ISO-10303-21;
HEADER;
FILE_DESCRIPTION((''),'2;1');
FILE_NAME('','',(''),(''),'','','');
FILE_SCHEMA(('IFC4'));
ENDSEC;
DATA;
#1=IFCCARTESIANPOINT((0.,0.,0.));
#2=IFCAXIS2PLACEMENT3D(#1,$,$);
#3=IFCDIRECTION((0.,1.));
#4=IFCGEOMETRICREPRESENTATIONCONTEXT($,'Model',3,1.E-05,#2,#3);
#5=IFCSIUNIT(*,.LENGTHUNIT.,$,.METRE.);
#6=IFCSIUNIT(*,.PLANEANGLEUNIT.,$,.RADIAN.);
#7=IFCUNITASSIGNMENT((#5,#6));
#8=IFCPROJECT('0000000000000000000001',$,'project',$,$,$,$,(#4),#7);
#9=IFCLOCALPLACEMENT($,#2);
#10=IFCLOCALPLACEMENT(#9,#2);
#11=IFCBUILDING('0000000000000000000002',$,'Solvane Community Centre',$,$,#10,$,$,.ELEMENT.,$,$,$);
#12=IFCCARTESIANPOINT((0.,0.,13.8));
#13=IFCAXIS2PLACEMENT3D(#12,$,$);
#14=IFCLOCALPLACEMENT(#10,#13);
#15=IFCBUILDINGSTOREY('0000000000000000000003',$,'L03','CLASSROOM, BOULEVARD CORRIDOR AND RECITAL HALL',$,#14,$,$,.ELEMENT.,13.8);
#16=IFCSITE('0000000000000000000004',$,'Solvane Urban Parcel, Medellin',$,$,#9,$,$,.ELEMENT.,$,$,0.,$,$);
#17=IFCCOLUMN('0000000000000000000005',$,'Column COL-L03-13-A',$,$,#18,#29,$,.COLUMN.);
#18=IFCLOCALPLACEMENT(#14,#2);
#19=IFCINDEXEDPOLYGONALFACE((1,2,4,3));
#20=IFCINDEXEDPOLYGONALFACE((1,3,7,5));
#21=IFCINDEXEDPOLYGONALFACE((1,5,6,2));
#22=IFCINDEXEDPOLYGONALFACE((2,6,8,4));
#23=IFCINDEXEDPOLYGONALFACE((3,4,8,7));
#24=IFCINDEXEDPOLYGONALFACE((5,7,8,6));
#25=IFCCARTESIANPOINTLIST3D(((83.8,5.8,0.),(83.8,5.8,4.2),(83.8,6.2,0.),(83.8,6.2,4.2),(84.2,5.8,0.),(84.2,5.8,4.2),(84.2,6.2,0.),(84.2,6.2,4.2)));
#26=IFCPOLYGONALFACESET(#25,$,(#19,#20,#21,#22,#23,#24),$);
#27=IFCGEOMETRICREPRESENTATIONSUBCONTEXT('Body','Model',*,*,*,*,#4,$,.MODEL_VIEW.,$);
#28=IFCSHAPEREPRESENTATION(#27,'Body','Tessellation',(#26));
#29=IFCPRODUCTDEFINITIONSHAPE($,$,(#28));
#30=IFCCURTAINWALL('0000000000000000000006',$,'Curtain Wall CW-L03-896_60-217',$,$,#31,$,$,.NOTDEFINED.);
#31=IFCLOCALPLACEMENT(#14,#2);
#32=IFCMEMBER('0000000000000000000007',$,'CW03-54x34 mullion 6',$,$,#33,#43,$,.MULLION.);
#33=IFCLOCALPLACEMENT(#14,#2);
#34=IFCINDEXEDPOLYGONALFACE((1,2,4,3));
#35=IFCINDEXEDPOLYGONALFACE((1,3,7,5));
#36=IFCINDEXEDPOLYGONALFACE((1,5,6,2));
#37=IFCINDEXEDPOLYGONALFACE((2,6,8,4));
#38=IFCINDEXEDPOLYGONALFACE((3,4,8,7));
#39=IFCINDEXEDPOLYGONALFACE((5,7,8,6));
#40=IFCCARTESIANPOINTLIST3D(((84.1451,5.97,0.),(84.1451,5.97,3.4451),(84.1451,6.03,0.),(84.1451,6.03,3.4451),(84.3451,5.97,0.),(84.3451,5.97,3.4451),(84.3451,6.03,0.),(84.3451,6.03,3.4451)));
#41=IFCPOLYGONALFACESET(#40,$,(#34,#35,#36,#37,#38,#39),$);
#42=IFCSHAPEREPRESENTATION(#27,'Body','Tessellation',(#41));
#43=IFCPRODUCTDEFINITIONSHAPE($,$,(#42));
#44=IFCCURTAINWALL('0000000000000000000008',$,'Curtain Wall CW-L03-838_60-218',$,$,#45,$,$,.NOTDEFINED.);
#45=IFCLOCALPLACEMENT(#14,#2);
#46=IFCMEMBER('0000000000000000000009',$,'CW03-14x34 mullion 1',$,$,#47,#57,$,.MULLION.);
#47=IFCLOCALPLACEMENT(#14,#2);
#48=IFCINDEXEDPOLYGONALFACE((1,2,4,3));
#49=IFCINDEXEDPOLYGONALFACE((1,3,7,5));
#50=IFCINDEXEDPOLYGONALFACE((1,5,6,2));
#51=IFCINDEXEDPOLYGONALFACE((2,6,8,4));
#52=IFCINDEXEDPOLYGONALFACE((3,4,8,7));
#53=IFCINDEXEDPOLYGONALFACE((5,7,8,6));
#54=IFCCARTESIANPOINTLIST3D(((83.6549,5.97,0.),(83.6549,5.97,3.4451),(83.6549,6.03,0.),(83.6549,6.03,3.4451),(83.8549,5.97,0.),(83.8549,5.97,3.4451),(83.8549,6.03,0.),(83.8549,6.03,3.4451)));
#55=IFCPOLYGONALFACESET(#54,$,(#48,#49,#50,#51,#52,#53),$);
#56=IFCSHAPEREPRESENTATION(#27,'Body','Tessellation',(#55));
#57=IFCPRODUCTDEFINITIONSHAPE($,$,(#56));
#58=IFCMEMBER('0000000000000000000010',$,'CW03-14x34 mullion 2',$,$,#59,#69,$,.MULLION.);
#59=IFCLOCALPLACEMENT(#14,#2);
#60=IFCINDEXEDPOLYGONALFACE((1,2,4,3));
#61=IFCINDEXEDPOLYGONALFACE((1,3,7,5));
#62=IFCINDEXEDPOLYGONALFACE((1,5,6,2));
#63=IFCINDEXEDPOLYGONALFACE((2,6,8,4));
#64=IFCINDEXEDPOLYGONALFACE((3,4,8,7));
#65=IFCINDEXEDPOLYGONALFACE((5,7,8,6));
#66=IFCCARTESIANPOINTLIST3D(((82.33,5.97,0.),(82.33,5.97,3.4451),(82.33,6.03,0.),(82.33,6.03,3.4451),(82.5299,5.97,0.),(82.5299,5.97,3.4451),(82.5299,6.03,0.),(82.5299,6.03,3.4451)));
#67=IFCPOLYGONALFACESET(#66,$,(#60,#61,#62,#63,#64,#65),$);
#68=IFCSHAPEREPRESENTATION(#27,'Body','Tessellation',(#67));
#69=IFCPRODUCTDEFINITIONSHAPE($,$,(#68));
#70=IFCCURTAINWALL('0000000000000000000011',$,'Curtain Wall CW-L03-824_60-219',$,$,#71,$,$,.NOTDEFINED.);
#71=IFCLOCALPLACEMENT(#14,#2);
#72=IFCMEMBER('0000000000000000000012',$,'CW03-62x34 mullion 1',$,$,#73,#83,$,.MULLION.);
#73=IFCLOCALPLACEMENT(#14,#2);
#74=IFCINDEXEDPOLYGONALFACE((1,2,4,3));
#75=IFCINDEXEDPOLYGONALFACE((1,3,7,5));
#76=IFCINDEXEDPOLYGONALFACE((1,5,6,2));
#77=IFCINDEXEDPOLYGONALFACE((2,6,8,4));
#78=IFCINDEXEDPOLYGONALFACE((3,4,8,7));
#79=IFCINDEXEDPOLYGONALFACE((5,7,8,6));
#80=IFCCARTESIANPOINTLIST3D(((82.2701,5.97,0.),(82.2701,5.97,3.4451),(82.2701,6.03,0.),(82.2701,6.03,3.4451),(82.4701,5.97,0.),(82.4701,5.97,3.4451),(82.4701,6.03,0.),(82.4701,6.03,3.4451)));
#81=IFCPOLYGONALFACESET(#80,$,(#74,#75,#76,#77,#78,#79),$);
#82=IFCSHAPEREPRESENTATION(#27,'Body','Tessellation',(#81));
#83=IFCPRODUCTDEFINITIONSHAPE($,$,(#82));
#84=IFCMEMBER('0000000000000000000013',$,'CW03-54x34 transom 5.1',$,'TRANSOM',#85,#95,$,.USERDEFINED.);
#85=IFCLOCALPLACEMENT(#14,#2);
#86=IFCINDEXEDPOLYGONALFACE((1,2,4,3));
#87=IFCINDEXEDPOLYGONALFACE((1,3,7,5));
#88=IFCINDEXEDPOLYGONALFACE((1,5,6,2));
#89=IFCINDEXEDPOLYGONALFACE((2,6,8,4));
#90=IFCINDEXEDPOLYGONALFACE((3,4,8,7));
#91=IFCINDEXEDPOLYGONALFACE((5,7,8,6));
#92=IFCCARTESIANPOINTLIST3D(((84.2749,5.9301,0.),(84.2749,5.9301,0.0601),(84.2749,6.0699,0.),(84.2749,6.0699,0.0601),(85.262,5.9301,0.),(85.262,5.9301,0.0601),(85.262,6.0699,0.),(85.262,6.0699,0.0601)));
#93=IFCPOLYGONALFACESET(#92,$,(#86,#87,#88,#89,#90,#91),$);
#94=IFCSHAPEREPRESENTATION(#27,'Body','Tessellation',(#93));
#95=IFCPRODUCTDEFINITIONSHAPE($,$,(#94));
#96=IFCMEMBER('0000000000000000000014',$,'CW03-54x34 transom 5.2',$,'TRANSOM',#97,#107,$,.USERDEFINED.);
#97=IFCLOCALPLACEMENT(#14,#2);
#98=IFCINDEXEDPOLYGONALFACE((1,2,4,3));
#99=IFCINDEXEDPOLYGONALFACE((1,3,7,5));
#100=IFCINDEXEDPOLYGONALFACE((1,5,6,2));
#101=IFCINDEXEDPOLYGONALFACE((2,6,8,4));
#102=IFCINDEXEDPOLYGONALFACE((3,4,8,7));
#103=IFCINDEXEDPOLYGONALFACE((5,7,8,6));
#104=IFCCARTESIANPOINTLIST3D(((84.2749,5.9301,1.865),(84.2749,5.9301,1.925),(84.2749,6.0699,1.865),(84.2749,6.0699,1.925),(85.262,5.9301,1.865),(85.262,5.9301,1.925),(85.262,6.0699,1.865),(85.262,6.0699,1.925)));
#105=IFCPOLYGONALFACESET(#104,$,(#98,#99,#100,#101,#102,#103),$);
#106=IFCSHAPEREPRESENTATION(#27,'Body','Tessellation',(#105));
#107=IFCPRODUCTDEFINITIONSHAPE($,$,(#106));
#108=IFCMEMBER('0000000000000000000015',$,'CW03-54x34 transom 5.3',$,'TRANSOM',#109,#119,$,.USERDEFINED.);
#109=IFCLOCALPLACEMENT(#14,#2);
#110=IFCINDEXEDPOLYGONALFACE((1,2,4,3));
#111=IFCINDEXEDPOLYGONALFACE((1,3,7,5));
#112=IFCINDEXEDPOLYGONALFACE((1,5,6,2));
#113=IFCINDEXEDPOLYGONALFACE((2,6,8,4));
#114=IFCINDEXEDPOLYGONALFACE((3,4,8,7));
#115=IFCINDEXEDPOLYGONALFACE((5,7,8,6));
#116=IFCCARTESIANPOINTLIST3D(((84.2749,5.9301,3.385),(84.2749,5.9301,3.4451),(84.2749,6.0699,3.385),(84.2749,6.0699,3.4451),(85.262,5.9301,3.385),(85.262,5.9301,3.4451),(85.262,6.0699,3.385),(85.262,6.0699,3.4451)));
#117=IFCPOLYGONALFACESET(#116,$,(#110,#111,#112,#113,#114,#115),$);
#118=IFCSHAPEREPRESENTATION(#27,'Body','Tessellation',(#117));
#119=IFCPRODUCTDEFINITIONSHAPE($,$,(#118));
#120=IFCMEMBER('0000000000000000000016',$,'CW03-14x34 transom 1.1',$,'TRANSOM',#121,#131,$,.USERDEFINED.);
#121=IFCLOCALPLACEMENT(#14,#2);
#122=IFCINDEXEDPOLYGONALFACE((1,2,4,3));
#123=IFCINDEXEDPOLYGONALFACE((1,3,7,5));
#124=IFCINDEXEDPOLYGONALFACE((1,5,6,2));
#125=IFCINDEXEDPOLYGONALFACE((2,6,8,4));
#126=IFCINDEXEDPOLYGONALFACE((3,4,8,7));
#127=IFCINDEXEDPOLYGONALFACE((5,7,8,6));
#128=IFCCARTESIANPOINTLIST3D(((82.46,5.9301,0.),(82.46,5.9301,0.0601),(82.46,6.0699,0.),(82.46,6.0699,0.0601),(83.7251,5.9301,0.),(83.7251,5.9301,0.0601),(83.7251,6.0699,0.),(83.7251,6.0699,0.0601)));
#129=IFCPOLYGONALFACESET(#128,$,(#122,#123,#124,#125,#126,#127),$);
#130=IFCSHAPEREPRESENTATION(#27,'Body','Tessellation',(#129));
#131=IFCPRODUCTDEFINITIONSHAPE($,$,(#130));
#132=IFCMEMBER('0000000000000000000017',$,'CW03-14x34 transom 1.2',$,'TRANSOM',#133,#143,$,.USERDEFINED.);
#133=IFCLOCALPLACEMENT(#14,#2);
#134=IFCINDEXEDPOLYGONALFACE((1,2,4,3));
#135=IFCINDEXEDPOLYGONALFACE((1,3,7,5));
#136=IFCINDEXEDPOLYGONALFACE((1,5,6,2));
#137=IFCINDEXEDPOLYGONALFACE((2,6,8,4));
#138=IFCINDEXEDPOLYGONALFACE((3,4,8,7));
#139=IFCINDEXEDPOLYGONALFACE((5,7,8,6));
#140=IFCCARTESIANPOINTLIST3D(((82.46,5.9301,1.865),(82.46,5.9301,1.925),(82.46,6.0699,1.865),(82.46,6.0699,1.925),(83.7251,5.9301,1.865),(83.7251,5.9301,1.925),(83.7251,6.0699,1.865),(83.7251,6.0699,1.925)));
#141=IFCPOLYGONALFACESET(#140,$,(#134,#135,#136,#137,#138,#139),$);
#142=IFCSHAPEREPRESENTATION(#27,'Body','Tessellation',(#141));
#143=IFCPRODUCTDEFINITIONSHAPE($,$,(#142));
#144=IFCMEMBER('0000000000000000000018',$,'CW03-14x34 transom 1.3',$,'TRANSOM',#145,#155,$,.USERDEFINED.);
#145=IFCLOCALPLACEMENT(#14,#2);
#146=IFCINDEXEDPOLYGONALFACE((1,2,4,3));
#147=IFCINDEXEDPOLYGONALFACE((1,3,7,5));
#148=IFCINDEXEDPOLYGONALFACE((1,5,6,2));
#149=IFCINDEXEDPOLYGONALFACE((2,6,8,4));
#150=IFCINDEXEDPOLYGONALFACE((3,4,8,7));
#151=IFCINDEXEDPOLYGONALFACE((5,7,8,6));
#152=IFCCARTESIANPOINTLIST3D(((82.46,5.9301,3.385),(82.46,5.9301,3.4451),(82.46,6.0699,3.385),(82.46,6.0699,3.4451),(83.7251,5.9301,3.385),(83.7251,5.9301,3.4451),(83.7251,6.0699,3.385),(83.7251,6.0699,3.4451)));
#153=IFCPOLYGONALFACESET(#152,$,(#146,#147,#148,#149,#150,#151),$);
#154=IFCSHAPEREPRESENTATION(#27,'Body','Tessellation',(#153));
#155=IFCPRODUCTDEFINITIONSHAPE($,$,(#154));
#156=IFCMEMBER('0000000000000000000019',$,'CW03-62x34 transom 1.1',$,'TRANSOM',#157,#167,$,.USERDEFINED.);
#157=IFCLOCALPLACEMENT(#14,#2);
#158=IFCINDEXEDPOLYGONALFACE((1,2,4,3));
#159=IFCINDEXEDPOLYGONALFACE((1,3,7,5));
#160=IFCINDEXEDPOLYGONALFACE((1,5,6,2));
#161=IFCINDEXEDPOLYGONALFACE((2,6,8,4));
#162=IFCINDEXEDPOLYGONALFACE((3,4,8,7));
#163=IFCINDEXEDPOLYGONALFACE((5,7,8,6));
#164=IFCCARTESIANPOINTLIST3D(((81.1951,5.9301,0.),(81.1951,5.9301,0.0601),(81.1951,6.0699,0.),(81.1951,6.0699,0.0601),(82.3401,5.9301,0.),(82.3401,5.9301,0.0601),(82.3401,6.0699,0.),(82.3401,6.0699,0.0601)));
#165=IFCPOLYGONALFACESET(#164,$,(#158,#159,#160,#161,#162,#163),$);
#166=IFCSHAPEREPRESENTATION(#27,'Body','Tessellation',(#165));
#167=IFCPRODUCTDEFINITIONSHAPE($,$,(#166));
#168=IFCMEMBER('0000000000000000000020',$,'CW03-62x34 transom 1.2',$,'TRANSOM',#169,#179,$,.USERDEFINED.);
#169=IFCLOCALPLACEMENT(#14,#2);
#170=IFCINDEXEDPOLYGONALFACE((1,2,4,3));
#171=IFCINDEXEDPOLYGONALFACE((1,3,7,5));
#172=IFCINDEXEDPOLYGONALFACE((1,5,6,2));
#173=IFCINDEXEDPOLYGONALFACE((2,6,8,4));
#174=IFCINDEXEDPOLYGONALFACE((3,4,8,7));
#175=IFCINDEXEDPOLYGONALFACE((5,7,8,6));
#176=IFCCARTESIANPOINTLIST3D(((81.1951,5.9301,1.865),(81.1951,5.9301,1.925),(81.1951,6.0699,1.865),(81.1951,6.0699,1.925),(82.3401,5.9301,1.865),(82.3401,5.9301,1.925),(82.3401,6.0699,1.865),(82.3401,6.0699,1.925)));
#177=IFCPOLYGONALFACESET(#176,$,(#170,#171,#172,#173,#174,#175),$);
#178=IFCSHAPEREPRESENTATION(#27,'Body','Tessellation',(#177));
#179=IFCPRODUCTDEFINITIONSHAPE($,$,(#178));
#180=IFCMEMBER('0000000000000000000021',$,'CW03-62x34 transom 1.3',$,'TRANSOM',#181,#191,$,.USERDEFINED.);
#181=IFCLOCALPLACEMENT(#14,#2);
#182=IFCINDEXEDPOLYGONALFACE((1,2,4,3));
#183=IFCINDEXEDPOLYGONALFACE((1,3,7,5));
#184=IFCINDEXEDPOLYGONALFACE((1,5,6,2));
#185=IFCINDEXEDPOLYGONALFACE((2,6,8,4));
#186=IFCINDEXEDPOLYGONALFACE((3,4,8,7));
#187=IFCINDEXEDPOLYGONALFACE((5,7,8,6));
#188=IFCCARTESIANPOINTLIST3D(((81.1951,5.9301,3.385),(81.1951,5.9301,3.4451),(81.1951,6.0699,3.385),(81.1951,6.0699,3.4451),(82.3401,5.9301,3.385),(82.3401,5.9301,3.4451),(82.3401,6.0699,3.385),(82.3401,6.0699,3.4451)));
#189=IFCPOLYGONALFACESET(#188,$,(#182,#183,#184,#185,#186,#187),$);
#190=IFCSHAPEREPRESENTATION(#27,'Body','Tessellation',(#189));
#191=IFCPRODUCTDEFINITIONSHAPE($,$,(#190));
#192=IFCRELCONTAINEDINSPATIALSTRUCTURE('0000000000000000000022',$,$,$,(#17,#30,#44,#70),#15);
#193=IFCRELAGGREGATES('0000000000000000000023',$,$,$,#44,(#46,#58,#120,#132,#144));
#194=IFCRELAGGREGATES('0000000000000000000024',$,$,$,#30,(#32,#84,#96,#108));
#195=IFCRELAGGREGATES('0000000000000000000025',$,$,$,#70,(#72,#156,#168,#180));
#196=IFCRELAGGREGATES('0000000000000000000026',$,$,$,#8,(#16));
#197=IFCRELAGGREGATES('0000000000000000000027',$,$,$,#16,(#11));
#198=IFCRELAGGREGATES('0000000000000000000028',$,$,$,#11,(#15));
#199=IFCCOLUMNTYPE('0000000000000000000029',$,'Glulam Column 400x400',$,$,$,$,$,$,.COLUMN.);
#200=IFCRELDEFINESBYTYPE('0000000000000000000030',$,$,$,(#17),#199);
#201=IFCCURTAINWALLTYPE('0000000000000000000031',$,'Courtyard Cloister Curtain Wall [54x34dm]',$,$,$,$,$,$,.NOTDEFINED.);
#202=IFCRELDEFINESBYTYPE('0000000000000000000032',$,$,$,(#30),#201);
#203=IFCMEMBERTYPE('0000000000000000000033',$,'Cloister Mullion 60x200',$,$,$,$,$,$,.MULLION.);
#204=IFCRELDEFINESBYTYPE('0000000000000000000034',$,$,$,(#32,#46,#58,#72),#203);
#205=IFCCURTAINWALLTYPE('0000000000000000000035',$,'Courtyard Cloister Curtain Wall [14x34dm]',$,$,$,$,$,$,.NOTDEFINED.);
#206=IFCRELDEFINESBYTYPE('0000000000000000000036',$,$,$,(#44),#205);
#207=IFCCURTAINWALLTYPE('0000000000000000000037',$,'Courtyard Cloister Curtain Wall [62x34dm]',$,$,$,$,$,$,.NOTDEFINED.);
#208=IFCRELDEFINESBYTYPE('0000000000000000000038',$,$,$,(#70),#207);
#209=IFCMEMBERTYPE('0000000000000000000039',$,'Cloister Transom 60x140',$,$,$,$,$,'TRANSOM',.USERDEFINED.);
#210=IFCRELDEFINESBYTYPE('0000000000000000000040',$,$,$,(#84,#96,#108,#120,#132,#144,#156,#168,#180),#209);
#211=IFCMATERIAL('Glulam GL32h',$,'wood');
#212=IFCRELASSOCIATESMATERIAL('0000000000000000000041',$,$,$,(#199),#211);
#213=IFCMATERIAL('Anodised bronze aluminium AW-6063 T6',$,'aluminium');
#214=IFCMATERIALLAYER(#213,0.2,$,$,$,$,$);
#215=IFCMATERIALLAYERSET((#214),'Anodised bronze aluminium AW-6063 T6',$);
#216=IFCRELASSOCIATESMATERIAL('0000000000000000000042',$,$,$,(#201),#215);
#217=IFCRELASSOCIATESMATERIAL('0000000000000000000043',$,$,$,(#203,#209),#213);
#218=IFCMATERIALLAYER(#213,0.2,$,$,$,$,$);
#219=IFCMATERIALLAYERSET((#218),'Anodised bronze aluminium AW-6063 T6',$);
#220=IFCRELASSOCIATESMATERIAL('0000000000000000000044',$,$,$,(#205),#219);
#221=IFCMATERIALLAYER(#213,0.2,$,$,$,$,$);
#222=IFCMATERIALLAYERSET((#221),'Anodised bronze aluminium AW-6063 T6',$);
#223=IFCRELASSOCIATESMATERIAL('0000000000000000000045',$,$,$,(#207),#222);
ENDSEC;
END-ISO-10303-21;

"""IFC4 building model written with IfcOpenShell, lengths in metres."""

from ifc_helpers import new_model, si_unit, direction, frame, origin, origin_2d, place, context, subcontext, project, spatial, rectangle, extrude, material, layer, layer_set, material_profile, profile_set, type_object, element, aggregate, save


model = new_model("IFC4")

# Units and contexts
model_context = context("Model", 3, precision=1e-05, world=origin(), true_north=direction((0.0, 1.0)))
body_context = subcontext(model_context, "Body", "Model", "MODEL_VIEW")
ifc_project = project(units=[si_unit("LENGTHUNIT", "METRE"), si_unit("PLANEANGLEUNIT", "RADIAN")], contexts=[model_context])

# Site, building, storey
site_placement = place(None, origin())
site = spatial("IfcSite", under=ifc_project, at=site_placement, Name="Solvane Urban Parcel, Medellin", CompositionType="ELEMENT", RefElevation=0.0)
building_placement = place(site_placement, origin())
building = spatial("IfcBuilding", under=site, at=building_placement, Name="Solvane Community Centre", CompositionType="ELEMENT")
storey_placement = place(building_placement, frame((0.0, 0.0, 13.8)))
storey = spatial("IfcBuildingStorey", under=building, at=storey_placement, Name="L03", Description="CLASSROOM, BOULEVARD CORRIDOR AND RECITAL HALL", CompositionType="ELEMENT", Elevation=13.8)

# Column
ifc_material_1 = material(Name="Glulam GL32h", Category="wood")
ifc_material_profile_1 = material_profile(ifc_material_1, rectangle(XDim=0.3999, YDim=0.3999, at=origin_2d()), Name="GL32h 400x400")
ifc_profile_set_1 = profile_set([ifc_material_profile_1], Name="Glulam GL32h")
column_type = type_object("IfcColumnType", Name="Glulam Column 400x400", PredefinedType="COLUMN", material=ifc_profile_set_1)
column_placement = place(storey_placement, frame((84.0, 6.0, 0.0), z_axis=(0.0, 0.0, 1.0), x_axis=(1.0, 0.0, 0.0)))
element("IfcColumn", 1, at=column_placement, inside=storey, type_object=column_type, Name="Column COL-L03-13-A", PredefinedType="COLUMN", context=body_context, shape_type="SweptSolid", body=[
    extrude(rectangle(XDim=0.3999, YDim=0.3999, at=origin_2d()), origin(), (0.0, 0.0, 1.0), 4.2),
])

# Curtain wall, member
ifc_material_2 = material(Name="Anodised bronze aluminium AW-6063 T6", Category="aluminium")
ifc_layer_1 = layer(ifc_material_2, 0.2)
ifc_layer_set_1 = layer_set([ifc_layer_1], Name="Anodised bronze aluminium AW-6063 T6")
curtain_wall_type_1 = type_object("IfcCurtainWallType", Name="Courtyard Cloister Curtain Wall [54x34dm]", PredefinedType="NOTDEFINED", material=ifc_layer_set_1)
curtain_wall_1_placement = place(storey_placement, origin())
curtain_wall_1 = element("IfcCurtainWall", 2, at=curtain_wall_1_placement, inside=storey, type_object=curtain_wall_type_1, Name="Curtain Wall CW-L03-896_60-217", PredefinedType="NOTDEFINED")
ifc_material_profile_2 = material_profile(ifc_material_2, rectangle(XDim=0.0601, YDim=0.2, at=origin_2d()), Name="CW-M 60x200")
ifc_profile_set_2 = profile_set([ifc_material_profile_2], Name="Anodised bronze aluminium AW-6063 T6")
member_type_1 = type_object("IfcMemberType", Name="Cloister Mullion 60x200", PredefinedType="MULLION", material=ifc_profile_set_2)
member_1_placement = place(storey_placement, frame((84.2451, 6.0, 0.0), z_axis=(0.0, 0.0, 1.0), x_axis=(0.0, -1.0, 0.0)))
member_1 = element("IfcMember", 3, at=member_1_placement, type_object=member_type_1, Name="CW03-54x34 mullion 6", PredefinedType="MULLION", context=body_context, shape_type="SweptSolid", body=[
    extrude(rectangle(XDim=0.0601, YDim=0.2, at=origin_2d()), origin(), (0.0, 0.0, 1.0), 3.4451),
])

# Curtain wall, members
ifc_layer_2 = layer(ifc_material_2, 0.2)
ifc_layer_set_2 = layer_set([ifc_layer_2], Name="Anodised bronze aluminium AW-6063 T6")
curtain_wall_type_2 = type_object("IfcCurtainWallType", Name="Courtyard Cloister Curtain Wall [14x34dm]", PredefinedType="NOTDEFINED", material=ifc_layer_set_2)
curtain_wall_2_placement = place(storey_placement, origin())
curtain_wall_2 = element("IfcCurtainWall", 4, at=curtain_wall_2_placement, inside=storey, type_object=curtain_wall_type_2, Name="Curtain Wall CW-L03-838_60-218", PredefinedType="NOTDEFINED")
member_2_placement = place(storey_placement, frame((83.7549, 6.0, 0.0), z_axis=(0.0, 0.0, 1.0), x_axis=(0.0, -1.0, 0.0)))
member_2 = element("IfcMember", 5, at=member_2_placement, type_object=member_type_1, Name="CW03-14x34 mullion 1", PredefinedType="MULLION", context=body_context, shape_type="SweptSolid", body=[
    extrude(rectangle(XDim=0.0601, YDim=0.2, at=origin_2d()), origin(), (0.0, 0.0, 1.0), 3.4451),
])
member_3_placement = place(storey_placement, frame((82.4299, 6.0, 0.0), z_axis=(0.0, 0.0, 1.0), x_axis=(0.0, -1.0, 0.0)))
member_3 = element("IfcMember", 6, at=member_3_placement, type_object=member_type_1, Name="CW03-14x34 mullion 2", PredefinedType="MULLION", context=body_context, shape_type="SweptSolid", body=[
    extrude(rectangle(XDim=0.0601, YDim=0.2, at=origin_2d()), origin(), (0.0, 0.0, 1.0), 3.4451),
])

# Curtain wall, member
ifc_layer_3 = layer(ifc_material_2, 0.2)
ifc_layer_set_3 = layer_set([ifc_layer_3], Name="Anodised bronze aluminium AW-6063 T6")
curtain_wall_type_3 = type_object("IfcCurtainWallType", Name="Courtyard Cloister Curtain Wall [62x34dm]", PredefinedType="NOTDEFINED", material=ifc_layer_set_3)
curtain_wall_3_placement = place(storey_placement, origin())
curtain_wall_3 = element("IfcCurtainWall", 7, at=curtain_wall_3_placement, inside=storey, type_object=curtain_wall_type_3, Name="Curtain Wall CW-L03-824_60-219", PredefinedType="NOTDEFINED")
member_4_placement = place(storey_placement, frame((82.3701, 6.0, 0.0), z_axis=(0.0, 0.0, 1.0), x_axis=(0.0, -1.0, 0.0)))
member_4 = element("IfcMember", 8, at=member_4_placement, type_object=member_type_1, Name="CW03-62x34 mullion 1", PredefinedType="MULLION", context=body_context, shape_type="SweptSolid", body=[
    extrude(rectangle(XDim=0.0601, YDim=0.2, at=origin_2d()), origin(), (0.0, 0.0, 1.0), 3.4451),
])

# Members
ifc_material_profile_3 = material_profile(ifc_material_2, rectangle(XDim=0.1399, YDim=0.0601, at=origin_2d()), Name="CW-T 60x140")
ifc_profile_set_3 = profile_set([ifc_material_profile_3], Name="Anodised bronze aluminium AW-6063 T6")
member_type_2 = type_object("IfcMemberType", Name="Cloister Transom 60x140", ElementType="TRANSOM", PredefinedType="USERDEFINED", material=ifc_profile_set_3)
member_5_placement = place(storey_placement, frame((85.262, 6.0, 0.03), z_axis=(-1.0, 0.0, 0.0), x_axis=(0.0, -1.0, 0.0)))
member_5 = element("IfcMember", 9, at=member_5_placement, type_object=member_type_2, Name="CW03-54x34 transom 5.1", ObjectType="TRANSOM", PredefinedType="USERDEFINED", context=body_context, shape_type="SweptSolid", body=[
    extrude(rectangle(XDim=0.1399, YDim=0.0601, at=origin_2d()), origin(), (0.0, 0.0, 1.0), 0.9871),
])
member_6_placement = place(storey_placement, frame((85.262, 6.0, 1.895), z_axis=(-1.0, 0.0, 0.0), x_axis=(0.0, -1.0, 0.0)))
member_6 = element("IfcMember", 10, at=member_6_placement, type_object=member_type_2, Name="CW03-54x34 transom 5.2", ObjectType="TRANSOM", PredefinedType="USERDEFINED", context=body_context, shape_type="SweptSolid", body=[
    extrude(rectangle(XDim=0.1399, YDim=0.0601, at=origin_2d()), origin(), (0.0, 0.0, 1.0), 0.9871),
])
member_7_placement = place(storey_placement, frame((85.262, 6.0, 3.415), z_axis=(-1.0, 0.0, 0.0), x_axis=(0.0, -1.0, 0.0)))
member_7 = element("IfcMember", 11, at=member_7_placement, type_object=member_type_2, Name="CW03-54x34 transom 5.3", ObjectType="TRANSOM", PredefinedType="USERDEFINED", context=body_context, shape_type="SweptSolid", body=[
    extrude(rectangle(XDim=0.1399, YDim=0.0601, at=origin_2d()), origin(), (0.0, 0.0, 1.0), 0.9871),
])
member_8_placement = place(storey_placement, frame((83.7251, 6.0, 0.03), z_axis=(-1.0, 0.0, 0.0), x_axis=(0.0, -1.0, 0.0)))
member_8 = element("IfcMember", 12, at=member_8_placement, type_object=member_type_2, Name="CW03-14x34 transom 1.1", ObjectType="TRANSOM", PredefinedType="USERDEFINED", context=body_context, shape_type="SweptSolid", body=[
    extrude(rectangle(XDim=0.1399, YDim=0.0601, at=origin_2d()), origin(), (0.0, 0.0, 1.0), 1.2651),
])
member_9_placement = place(storey_placement, frame((83.7251, 6.0, 1.895), z_axis=(-1.0, 0.0, 0.0), x_axis=(0.0, -1.0, 0.0)))
member_9 = element("IfcMember", 13, at=member_9_placement, type_object=member_type_2, Name="CW03-14x34 transom 1.2", ObjectType="TRANSOM", PredefinedType="USERDEFINED", context=body_context, shape_type="SweptSolid", body=[
    extrude(rectangle(XDim=0.1399, YDim=0.0601, at=origin_2d()), origin(), (0.0, 0.0, 1.0), 1.2651),
])
member_10_placement = place(storey_placement, frame((83.7251, 6.0, 3.415), z_axis=(-1.0, 0.0, 0.0), x_axis=(0.0, -1.0, 0.0)))
member_10 = element("IfcMember", 14, at=member_10_placement, type_object=member_type_2, Name="CW03-14x34 transom 1.3", ObjectType="TRANSOM", PredefinedType="USERDEFINED", context=body_context, shape_type="SweptSolid", body=[
    extrude(rectangle(XDim=0.1399, YDim=0.0601, at=origin_2d()), origin(), (0.0, 0.0, 1.0), 1.2651),
])
member_11_placement = place(storey_placement, frame((82.3401, 6.0, 0.03), z_axis=(-1.0, 0.0, 0.0), x_axis=(0.0, -1.0, 0.0)))
member_11 = element("IfcMember", 15, at=member_11_placement, type_object=member_type_2, Name="CW03-62x34 transom 1.1", ObjectType="TRANSOM", PredefinedType="USERDEFINED", context=body_context, shape_type="SweptSolid", body=[
    extrude(rectangle(XDim=0.1399, YDim=0.0601, at=origin_2d()), origin(), (0.0, 0.0, 1.0), 1.145),
])
member_12_placement = place(storey_placement, frame((82.3401, 6.0, 1.895), z_axis=(-1.0, 0.0, 0.0), x_axis=(0.0, -1.0, 0.0)))
member_12 = element("IfcMember", 16, at=member_12_placement, type_object=member_type_2, Name="CW03-62x34 transom 1.2", ObjectType="TRANSOM", PredefinedType="USERDEFINED", context=body_context, shape_type="SweptSolid", body=[
    extrude(rectangle(XDim=0.1399, YDim=0.0601, at=origin_2d()), origin(), (0.0, 0.0, 1.0), 1.145),
])
member_13_placement = place(storey_placement, frame((82.3401, 6.0, 3.415), z_axis=(-1.0, 0.0, 0.0), x_axis=(0.0, -1.0, 0.0)))
member_13 = element("IfcMember", 17, at=member_13_placement, type_object=member_type_2, Name="CW03-62x34 transom 1.3", ObjectType="TRANSOM", PredefinedType="USERDEFINED", context=body_context, shape_type="SweptSolid", body=[
    extrude(rectangle(XDim=0.1399, YDim=0.0601, at=origin_2d()), origin(), (0.0, 0.0, 1.0), 1.145),
])

aggregate(curtain_wall_2, [member_2, member_3, member_8, member_9, member_10])
aggregate(curtain_wall_1, [member_1, member_5, member_6, member_7])
aggregate(curtain_wall_3, [member_4, member_11, member_12, member_13])

save(model, "model.ifc")
